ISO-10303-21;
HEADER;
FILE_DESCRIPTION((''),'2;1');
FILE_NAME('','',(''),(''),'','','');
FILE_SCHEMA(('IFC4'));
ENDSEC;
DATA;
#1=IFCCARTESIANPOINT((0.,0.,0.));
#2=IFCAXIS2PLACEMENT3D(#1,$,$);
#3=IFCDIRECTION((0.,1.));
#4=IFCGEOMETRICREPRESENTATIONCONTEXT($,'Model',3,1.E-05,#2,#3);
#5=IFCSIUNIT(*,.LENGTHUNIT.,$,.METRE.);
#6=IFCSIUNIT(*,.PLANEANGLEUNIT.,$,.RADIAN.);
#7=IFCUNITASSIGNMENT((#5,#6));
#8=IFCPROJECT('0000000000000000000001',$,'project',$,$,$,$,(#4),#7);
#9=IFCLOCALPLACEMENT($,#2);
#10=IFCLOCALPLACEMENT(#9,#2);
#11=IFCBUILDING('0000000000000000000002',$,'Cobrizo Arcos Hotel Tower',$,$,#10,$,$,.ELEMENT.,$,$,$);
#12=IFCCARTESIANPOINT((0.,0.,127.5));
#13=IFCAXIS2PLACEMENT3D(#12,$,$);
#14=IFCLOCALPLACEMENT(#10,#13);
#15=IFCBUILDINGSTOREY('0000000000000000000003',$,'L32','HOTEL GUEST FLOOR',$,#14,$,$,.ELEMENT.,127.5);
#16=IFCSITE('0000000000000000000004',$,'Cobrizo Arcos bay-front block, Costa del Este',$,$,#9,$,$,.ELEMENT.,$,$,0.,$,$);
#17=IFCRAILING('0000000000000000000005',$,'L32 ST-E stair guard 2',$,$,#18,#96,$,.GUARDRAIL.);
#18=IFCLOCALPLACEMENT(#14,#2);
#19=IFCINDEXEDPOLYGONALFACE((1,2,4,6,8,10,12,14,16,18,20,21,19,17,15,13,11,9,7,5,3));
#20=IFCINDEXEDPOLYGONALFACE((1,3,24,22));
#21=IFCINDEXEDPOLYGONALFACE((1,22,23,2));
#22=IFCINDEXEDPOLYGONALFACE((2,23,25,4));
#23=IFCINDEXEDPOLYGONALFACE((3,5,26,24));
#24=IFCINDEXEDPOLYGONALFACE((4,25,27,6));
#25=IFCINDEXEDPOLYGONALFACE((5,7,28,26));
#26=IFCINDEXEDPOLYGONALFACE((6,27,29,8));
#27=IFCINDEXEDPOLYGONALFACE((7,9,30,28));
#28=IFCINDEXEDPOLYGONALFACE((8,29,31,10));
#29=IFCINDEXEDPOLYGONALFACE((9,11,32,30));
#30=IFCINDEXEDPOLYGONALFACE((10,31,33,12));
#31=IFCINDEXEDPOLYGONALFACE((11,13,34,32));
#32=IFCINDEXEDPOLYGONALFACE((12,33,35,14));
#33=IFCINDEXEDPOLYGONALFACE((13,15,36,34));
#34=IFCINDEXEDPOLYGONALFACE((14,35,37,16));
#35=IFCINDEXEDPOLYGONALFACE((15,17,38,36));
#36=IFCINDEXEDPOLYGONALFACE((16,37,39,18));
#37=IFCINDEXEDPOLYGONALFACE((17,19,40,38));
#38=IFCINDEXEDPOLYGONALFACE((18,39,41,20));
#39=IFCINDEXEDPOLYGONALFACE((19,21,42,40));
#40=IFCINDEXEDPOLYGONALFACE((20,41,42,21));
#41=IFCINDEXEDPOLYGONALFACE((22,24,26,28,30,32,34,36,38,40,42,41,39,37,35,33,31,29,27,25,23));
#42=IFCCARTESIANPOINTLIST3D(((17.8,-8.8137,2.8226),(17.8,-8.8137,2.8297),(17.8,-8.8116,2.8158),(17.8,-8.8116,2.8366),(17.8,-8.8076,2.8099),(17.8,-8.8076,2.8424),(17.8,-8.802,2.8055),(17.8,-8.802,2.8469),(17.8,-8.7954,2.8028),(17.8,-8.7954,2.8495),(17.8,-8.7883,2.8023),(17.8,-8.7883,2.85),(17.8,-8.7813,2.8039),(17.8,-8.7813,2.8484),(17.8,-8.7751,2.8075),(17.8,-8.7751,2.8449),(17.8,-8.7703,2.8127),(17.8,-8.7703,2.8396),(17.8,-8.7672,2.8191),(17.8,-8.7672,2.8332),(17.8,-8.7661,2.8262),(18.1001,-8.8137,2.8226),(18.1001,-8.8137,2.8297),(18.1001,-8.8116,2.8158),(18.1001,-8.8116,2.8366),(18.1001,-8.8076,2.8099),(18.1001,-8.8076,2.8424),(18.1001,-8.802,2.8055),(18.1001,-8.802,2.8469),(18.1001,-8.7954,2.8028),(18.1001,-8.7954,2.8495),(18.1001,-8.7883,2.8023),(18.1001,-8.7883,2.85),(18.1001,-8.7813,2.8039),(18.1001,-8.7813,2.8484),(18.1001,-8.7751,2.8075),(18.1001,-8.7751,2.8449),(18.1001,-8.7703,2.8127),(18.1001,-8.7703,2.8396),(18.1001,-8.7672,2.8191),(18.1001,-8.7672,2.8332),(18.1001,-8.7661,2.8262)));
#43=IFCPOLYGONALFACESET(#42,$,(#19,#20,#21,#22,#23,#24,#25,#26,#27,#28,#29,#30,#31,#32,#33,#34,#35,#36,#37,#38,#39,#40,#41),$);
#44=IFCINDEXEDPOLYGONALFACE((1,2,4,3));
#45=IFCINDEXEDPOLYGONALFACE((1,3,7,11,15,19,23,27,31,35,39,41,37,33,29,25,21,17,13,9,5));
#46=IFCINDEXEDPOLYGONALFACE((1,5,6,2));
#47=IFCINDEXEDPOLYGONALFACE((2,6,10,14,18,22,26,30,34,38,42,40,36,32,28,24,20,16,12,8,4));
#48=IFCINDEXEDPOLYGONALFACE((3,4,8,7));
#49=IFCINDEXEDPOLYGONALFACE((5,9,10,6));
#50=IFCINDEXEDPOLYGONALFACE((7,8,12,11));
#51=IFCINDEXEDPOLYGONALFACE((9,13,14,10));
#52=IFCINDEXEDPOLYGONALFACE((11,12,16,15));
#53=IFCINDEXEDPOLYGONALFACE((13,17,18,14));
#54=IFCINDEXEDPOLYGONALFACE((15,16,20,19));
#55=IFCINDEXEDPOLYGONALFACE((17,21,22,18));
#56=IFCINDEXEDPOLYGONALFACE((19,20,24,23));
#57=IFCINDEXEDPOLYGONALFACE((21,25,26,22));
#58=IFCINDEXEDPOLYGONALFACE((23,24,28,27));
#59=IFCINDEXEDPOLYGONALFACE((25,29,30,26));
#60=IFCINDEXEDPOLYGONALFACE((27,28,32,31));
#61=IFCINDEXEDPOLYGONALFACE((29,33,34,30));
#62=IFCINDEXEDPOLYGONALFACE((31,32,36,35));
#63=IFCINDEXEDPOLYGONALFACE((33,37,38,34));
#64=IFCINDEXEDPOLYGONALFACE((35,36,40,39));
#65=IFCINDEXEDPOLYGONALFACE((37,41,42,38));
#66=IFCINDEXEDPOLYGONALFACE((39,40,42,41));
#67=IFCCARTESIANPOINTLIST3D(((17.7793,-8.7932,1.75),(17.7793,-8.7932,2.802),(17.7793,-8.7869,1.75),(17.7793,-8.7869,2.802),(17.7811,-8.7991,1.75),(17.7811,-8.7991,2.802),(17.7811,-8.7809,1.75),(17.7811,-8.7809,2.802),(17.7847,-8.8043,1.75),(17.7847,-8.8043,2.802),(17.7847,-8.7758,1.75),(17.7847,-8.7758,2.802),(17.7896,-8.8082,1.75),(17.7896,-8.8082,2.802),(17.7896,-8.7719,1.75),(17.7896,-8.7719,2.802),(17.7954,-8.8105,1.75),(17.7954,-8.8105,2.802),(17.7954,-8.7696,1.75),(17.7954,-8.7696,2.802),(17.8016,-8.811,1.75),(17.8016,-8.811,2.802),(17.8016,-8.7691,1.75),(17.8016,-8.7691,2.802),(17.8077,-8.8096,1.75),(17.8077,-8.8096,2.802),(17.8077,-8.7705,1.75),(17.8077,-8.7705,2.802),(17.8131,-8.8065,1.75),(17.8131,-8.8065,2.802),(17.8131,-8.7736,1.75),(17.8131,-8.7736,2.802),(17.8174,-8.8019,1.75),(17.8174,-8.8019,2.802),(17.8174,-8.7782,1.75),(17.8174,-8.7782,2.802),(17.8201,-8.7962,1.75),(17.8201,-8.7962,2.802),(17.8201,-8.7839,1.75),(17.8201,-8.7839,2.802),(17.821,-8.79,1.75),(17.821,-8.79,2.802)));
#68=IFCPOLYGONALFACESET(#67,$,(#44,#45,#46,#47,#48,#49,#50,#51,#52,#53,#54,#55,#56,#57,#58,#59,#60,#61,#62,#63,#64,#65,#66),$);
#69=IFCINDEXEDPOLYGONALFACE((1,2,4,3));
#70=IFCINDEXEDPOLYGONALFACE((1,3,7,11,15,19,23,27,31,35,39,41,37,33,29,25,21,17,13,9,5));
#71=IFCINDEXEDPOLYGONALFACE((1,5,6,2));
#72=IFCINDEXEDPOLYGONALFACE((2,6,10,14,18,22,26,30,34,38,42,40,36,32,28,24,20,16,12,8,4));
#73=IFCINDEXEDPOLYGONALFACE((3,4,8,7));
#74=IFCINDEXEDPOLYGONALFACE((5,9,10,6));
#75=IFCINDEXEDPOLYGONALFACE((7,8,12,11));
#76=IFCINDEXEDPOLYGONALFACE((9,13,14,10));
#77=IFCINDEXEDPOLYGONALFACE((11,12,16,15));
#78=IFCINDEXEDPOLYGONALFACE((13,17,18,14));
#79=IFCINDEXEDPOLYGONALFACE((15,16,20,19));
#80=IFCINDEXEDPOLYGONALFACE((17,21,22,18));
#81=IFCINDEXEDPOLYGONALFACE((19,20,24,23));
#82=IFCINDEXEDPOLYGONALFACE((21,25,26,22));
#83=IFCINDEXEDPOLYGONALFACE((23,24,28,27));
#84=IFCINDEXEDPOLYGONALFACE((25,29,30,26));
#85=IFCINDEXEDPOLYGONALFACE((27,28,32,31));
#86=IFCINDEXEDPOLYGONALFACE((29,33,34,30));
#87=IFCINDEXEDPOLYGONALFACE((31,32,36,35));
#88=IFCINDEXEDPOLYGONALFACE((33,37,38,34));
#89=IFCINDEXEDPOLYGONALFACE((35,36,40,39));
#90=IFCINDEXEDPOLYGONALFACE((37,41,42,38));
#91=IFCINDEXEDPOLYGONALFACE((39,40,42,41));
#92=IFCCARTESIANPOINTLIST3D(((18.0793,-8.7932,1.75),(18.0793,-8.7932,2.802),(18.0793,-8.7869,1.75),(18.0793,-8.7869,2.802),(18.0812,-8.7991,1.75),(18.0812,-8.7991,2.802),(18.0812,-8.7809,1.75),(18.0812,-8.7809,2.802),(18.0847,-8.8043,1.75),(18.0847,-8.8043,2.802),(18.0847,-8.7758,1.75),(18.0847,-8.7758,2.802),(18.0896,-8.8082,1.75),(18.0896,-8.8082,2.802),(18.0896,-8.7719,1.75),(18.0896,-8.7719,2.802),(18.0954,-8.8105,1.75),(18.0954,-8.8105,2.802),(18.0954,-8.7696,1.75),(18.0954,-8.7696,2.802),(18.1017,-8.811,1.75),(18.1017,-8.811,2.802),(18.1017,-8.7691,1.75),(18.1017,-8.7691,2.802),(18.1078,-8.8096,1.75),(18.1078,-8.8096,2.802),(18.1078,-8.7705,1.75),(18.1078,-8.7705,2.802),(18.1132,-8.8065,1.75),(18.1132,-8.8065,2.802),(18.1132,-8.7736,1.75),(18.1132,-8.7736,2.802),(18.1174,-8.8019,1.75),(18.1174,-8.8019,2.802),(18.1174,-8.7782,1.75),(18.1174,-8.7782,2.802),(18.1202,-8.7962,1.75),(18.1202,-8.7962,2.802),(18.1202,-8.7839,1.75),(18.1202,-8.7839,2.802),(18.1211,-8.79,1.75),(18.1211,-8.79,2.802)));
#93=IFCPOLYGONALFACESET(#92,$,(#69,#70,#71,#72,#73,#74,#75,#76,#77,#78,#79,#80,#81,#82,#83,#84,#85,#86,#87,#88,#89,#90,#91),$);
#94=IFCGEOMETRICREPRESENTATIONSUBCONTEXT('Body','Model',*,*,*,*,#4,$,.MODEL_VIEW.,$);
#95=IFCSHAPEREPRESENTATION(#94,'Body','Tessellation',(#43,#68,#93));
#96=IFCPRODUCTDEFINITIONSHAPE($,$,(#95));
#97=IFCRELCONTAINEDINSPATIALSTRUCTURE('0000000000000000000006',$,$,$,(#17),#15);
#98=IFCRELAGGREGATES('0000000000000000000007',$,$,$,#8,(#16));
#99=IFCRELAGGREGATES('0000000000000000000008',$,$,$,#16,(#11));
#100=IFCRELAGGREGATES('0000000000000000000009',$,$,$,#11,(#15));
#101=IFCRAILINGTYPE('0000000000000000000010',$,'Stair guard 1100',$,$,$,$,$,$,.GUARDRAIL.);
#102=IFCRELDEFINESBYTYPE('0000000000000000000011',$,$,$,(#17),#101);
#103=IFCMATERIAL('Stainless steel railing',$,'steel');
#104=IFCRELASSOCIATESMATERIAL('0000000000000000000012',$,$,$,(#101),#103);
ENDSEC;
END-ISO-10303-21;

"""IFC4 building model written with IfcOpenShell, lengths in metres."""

from ifc_helpers import new_model, si_unit, direction, frame, origin, origin_2d, place, context, subcontext, project, spatial, circle, extrude, material, type_object, element, save


model = new_model("IFC4")

# Units and contexts
model_context = context("Model", 3, precision=1e-05, world=origin(), true_north=direction((0.0, 1.0)))
body_context = subcontext(model_context, "Body", "Model", "MODEL_VIEW")
ifc_project = project(units=[si_unit("LENGTHUNIT", "METRE"), si_unit("PLANEANGLEUNIT", "RADIAN")], contexts=[model_context])

# Site, building, storey
site_placement = place(None, origin())
site = spatial("IfcSite", under=ifc_project, at=site_placement, Name="Cobrizo Arcos bay-front block, Costa del Este", CompositionType="ELEMENT", RefElevation=0.0)
building_placement = place(site_placement, origin())
building = spatial("IfcBuilding", under=site, at=building_placement, Name="Cobrizo Arcos Hotel Tower", CompositionType="ELEMENT")
storey_placement = place(building_placement, frame((0.0, 0.0, 127.5)))
storey = spatial("IfcBuildingStorey", under=building, at=storey_placement, Name="L32", Description="HOTEL GUEST FLOOR", CompositionType="ELEMENT", Elevation=127.5)

# Railing
ifc_material_1 = material(Name="Stainless steel railing", Category="steel")
railing_type_1 = type_object("IfcRailingType", Name="Stair guard 1100", PredefinedType="GUARDRAIL", material=ifc_material_1)
railing_1_placement = place(storey_placement, frame((17.8, -8.79, 1.75)))
element("IfcRailing", 1, at=railing_1_placement, inside=storey, type_object=railing_type_1, Name="L32 ST-E stair guard 2", PredefinedType="GUARDRAIL", context=body_context, shape_type="SweptSolid", body=[
    extrude(circle(Radius=0.0239, at=origin_2d()), frame((0.0, 0.0, 1.0762), z_axis=(1.0, 0.0, 0.0), x_axis=(0.0, 1.0, 0.0)), (0.0, 0.0, 1.0), 0.3),
    extrude(circle(Radius=0.021, at=origin_2d()), origin(), (0.0, 0.0, 1.0), 1.052),
    extrude(circle(Radius=0.021, at=origin_2d()), frame((0.3, 0.0, 0.0)), (0.0, 0.0, 1.0), 1.052),
])

save(model, "model.ifc")
